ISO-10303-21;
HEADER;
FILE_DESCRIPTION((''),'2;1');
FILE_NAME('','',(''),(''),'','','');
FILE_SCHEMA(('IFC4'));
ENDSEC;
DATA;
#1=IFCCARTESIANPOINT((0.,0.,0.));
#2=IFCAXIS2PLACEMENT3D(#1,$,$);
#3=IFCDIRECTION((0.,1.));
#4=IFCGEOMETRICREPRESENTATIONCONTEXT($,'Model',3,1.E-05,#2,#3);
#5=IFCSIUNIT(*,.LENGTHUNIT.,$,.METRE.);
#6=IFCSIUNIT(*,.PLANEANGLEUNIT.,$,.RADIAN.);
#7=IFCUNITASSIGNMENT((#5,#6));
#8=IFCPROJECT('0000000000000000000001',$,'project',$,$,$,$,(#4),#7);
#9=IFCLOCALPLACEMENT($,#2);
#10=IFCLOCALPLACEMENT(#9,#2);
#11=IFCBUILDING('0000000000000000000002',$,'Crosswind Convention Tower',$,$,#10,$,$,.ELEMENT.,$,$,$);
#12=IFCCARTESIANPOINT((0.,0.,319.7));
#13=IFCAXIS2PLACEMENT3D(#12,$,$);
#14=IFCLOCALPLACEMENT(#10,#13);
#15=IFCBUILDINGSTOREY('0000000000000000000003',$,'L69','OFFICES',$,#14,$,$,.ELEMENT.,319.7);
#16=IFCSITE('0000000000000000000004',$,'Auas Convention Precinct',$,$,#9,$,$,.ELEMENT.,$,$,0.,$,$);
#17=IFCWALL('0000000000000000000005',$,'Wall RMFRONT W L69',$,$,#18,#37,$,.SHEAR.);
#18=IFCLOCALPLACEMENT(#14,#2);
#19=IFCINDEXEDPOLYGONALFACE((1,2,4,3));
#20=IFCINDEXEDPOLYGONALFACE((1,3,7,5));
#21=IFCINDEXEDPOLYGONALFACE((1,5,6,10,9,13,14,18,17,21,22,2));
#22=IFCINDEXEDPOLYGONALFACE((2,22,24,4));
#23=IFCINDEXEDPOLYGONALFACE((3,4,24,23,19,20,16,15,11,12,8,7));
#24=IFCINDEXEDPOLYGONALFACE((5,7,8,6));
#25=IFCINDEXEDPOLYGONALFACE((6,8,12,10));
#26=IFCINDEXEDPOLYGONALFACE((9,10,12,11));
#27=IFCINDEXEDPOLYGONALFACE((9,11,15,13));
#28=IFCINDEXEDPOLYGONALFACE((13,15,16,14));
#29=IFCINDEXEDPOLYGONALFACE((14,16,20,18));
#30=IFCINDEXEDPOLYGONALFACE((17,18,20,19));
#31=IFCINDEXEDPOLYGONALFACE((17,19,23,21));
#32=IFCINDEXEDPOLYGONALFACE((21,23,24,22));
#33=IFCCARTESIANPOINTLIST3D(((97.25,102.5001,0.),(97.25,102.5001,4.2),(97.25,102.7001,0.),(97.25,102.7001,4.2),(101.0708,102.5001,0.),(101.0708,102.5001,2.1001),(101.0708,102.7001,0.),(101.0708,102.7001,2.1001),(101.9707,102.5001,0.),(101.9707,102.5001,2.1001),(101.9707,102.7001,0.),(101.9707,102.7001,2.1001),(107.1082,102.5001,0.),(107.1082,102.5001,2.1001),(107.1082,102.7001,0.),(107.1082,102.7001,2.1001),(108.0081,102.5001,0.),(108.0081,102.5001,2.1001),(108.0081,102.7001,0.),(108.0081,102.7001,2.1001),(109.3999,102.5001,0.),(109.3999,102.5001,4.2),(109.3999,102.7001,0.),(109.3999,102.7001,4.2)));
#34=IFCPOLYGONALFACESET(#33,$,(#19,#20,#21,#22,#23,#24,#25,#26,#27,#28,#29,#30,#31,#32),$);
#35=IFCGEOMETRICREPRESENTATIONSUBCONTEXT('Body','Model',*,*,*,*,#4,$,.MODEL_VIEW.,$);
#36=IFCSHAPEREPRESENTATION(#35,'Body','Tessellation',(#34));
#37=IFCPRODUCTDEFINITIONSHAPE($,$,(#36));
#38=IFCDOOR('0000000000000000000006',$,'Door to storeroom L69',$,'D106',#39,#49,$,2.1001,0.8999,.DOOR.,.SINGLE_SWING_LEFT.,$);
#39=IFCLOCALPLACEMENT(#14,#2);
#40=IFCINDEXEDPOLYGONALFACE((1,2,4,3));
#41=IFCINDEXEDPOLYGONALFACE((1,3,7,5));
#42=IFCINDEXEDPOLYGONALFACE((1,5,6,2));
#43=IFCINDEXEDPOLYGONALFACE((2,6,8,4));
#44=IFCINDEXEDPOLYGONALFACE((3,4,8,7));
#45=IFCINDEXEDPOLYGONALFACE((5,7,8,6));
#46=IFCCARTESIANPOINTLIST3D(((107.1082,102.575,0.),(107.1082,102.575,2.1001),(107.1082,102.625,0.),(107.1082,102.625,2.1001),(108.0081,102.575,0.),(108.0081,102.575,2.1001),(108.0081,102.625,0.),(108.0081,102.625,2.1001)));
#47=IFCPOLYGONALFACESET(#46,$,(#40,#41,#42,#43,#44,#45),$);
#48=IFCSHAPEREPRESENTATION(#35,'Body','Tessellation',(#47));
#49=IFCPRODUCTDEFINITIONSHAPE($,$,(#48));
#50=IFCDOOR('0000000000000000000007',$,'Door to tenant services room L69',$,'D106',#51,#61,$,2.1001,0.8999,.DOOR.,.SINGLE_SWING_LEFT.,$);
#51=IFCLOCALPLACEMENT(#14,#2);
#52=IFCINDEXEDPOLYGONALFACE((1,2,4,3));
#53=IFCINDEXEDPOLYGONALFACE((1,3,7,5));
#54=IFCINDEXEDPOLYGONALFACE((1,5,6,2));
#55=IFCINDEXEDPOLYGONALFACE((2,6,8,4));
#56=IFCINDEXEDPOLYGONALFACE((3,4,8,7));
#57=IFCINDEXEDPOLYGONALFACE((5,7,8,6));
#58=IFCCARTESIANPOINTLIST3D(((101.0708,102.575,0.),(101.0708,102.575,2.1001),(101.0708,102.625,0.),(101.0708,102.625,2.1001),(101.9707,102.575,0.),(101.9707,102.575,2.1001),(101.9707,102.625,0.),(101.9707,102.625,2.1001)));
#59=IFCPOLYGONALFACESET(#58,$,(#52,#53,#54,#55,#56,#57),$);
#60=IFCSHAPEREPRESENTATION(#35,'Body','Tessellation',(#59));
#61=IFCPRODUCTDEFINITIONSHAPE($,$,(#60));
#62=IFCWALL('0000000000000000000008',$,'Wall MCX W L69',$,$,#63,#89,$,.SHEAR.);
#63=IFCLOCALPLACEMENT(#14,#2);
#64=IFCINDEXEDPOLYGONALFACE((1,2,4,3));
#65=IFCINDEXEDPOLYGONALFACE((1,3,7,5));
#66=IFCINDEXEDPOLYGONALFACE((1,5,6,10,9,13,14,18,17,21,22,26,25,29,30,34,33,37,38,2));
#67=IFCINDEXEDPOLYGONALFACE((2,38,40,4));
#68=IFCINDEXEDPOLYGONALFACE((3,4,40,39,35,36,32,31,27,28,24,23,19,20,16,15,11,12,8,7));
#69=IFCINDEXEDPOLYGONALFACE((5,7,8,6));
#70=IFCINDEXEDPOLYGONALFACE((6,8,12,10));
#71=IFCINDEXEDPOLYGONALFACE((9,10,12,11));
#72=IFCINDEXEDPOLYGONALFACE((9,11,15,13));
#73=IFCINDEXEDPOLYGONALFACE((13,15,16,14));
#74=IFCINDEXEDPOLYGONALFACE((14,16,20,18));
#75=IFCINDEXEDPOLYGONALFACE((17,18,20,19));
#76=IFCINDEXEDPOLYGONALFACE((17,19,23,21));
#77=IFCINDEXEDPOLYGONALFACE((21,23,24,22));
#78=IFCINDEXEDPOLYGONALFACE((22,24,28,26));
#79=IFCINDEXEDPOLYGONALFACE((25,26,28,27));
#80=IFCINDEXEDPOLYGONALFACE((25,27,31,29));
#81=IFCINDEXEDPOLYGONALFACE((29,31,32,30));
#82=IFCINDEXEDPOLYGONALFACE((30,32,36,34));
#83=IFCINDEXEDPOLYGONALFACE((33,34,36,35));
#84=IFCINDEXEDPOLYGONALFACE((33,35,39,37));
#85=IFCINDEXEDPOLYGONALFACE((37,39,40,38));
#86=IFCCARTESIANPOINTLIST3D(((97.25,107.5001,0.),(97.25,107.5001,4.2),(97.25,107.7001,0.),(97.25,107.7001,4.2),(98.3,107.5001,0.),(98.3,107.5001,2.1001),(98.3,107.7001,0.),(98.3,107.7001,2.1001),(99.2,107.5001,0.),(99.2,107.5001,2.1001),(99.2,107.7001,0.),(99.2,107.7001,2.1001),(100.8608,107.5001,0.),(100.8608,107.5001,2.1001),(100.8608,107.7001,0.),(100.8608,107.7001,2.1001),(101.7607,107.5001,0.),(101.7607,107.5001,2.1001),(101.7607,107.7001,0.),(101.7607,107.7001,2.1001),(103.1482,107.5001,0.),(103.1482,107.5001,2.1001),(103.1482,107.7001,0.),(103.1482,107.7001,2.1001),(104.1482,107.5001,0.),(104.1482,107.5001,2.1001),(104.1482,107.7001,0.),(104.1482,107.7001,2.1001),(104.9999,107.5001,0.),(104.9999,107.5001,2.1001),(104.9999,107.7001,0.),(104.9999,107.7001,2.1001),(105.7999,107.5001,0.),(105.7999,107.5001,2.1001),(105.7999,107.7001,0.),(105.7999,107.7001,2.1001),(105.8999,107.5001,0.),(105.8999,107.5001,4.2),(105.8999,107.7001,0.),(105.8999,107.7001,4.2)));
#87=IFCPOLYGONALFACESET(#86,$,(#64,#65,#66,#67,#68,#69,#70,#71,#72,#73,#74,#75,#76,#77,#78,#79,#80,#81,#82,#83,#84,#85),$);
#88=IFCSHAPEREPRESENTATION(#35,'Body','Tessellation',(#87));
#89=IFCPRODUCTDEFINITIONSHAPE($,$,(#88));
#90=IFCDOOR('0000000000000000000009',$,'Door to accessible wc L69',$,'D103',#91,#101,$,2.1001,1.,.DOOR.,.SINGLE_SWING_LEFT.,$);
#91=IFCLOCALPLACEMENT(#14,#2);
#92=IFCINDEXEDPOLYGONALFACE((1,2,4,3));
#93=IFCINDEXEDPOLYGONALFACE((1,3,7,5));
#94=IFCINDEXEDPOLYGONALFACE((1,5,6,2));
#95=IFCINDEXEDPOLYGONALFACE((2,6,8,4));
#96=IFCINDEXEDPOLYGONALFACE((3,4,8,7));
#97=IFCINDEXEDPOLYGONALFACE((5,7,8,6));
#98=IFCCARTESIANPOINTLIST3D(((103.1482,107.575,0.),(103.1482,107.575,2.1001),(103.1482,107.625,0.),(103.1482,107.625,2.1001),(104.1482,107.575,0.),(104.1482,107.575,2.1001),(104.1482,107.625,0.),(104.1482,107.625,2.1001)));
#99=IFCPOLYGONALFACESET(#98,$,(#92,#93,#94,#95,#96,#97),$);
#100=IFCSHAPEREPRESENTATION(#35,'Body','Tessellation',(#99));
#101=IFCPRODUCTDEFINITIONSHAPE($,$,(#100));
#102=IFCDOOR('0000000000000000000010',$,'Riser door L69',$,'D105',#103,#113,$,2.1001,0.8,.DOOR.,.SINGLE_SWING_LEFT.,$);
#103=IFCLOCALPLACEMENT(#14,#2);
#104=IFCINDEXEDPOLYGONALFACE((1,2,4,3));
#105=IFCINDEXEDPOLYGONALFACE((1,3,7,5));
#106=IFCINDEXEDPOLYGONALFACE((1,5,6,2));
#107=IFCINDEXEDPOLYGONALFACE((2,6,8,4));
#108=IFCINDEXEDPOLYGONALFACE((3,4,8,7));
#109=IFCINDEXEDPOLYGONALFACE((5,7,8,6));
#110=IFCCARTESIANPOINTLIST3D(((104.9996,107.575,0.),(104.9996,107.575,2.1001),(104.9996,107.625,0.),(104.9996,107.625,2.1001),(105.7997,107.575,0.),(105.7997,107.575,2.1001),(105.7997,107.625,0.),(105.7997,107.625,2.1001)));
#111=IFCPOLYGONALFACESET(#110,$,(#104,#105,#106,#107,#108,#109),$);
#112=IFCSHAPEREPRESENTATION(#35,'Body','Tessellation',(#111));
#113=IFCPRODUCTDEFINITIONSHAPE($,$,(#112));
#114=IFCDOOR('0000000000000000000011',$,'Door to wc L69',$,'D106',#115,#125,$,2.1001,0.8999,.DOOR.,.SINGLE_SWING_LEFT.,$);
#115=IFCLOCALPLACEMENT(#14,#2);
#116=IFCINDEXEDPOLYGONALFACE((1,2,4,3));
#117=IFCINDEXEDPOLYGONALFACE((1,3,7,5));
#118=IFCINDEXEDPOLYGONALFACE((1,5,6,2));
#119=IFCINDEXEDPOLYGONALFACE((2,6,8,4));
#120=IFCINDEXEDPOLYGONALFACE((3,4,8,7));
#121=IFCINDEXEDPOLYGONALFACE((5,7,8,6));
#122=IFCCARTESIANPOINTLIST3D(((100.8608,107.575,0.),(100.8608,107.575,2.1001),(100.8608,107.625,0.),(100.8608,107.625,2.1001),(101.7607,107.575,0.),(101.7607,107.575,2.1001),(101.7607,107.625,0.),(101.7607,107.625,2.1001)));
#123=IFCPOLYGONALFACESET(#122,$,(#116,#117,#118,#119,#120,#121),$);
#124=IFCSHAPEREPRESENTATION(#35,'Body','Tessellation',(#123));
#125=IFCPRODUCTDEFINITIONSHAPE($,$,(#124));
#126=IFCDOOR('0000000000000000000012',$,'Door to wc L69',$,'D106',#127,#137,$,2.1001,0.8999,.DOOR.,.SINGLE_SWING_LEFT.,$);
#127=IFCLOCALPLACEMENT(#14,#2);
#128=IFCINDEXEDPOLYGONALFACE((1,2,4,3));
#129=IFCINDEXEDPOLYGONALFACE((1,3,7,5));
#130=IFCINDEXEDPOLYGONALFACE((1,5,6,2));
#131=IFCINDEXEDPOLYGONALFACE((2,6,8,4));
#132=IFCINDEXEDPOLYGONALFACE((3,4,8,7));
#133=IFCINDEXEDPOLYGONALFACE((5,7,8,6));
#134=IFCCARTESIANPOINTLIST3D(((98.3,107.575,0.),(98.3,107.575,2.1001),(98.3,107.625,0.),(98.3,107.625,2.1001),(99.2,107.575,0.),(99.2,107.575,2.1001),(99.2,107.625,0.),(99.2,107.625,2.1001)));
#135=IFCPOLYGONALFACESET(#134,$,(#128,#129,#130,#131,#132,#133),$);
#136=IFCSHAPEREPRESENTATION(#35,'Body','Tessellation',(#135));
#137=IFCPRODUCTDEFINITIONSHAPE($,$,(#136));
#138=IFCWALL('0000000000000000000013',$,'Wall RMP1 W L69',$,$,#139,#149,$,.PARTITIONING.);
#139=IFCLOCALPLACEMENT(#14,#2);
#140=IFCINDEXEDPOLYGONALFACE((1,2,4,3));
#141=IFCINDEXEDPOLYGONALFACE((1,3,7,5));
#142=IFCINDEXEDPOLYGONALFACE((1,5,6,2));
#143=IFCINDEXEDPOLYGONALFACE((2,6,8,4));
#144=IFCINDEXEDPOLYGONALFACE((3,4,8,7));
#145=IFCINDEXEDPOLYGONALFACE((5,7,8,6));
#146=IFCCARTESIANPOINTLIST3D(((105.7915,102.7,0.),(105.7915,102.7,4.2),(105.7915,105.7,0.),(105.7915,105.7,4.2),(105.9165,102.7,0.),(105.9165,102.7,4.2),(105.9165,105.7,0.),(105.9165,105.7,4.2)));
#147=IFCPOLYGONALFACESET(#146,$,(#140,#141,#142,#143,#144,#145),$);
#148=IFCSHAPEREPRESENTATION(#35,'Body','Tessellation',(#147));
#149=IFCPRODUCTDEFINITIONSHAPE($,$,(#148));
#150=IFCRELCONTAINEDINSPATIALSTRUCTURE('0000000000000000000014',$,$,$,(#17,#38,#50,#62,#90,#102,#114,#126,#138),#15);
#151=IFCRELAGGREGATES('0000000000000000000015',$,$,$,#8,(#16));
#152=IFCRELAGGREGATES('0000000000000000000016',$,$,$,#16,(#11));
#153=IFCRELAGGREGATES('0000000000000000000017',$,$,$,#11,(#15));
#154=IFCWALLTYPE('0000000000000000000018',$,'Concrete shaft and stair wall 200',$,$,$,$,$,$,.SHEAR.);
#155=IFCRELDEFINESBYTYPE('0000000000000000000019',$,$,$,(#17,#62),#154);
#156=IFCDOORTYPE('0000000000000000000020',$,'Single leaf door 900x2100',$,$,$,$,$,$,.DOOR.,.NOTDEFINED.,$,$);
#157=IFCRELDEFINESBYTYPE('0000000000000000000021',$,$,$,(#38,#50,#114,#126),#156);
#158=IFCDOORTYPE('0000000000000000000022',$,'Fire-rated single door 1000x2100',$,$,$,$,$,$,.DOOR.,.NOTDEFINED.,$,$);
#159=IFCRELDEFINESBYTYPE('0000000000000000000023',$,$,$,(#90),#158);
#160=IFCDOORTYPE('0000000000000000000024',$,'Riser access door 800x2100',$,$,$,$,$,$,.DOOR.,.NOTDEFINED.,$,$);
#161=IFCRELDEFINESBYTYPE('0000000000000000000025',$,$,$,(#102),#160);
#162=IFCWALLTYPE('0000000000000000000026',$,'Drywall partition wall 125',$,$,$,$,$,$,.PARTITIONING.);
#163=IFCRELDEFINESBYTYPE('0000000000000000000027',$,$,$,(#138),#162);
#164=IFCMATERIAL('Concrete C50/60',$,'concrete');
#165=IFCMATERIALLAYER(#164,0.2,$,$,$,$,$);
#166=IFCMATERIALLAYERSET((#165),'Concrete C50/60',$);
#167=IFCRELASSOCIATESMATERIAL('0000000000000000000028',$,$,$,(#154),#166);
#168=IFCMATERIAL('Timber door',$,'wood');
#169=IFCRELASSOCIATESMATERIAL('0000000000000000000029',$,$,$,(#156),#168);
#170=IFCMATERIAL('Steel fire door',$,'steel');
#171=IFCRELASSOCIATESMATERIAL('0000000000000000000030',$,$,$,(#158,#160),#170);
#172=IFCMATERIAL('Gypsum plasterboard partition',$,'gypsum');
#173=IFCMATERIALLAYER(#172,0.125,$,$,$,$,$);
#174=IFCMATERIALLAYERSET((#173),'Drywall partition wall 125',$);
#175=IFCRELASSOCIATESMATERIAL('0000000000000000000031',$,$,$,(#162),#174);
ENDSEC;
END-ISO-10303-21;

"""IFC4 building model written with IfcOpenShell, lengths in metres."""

from ifc_helpers import new_model, si_unit, direction, frame, frame_2d, origin, place, context, subcontext, project, spatial, rectangle, extrude, material, layer, layer_set, type_object, element, fill, save


model = new_model("IFC4")

# Units and contexts
model_context = context("Model", 3, precision=1e-05, world=origin(), true_north=direction((0.0, 1.0)))
body_context = subcontext(model_context, "Body", "Model", "MODEL_VIEW")
ifc_project = project(units=[si_unit("LENGTHUNIT", "METRE"), si_unit("PLANEANGLEUNIT", "RADIAN")], contexts=[model_context])

# Site, building, storey
site_placement = place(None, origin())
site = spatial("IfcSite", under=ifc_project, at=site_placement, Name="Auas Convention Precinct", CompositionType="ELEMENT", RefElevation=0.0)
building_placement = place(site_placement, origin())
building = spatial("IfcBuilding", under=site, at=building_placement, Name="Crosswind Convention Tower", CompositionType="ELEMENT")
storey_placement = place(building_placement, frame((0.0, 0.0, 319.7)))
storey = spatial("IfcBuildingStorey", under=building, at=storey_placement, Name="L69", Description="OFFICES", CompositionType="ELEMENT", Elevation=319.7)

# Shared definitions
ifc_material_1 = material(Name="Concrete C50/60", Category="concrete")
ifc_layer_1 = layer(ifc_material_1, 0.2)
ifc_layer_set_1 = layer_set([ifc_layer_1], Name="Concrete C50/60")
wall_type_1 = type_object("IfcWallType", Name="Concrete shaft and stair wall 200", PredefinedType="SHEAR", material=ifc_layer_set_1)

# Walls, openings, doors
wall_1_placement = place(storey_placement, frame((109.3999, 102.6001, 0.0), z_axis=(0.0, 0.0, 1.0), x_axis=(-1.0, 0.0, 0.0)))
wall_1 = element("IfcWall", 1, at=wall_1_placement, inside=storey, type_object=wall_type_1, Name="Wall RMFRONT W L69", PredefinedType="SHEAR", context=body_context, shape_type="SweptSolid", body=[
    extrude(rectangle(XDim=12.1499, YDim=0.2, at=frame_2d((6.075, 0.0))), origin(), (0.0, 0.0, 1.0), 4.2),
])
opening_1_placement = place(wall_1_placement, frame((1.3918, 0.0, 0.0)))
opening_1 = element("IfcOpeningElement", 2, at=opening_1_placement, cuts=wall_1, PredefinedType="OPENING", context=body_context, shape_type="SweptSolid", body=[
    extrude(rectangle(XDim=0.8999, YDim=2.1001, at=frame_2d((0.45, 1.05))), frame((0.0, 0.1099, 0.0), z_axis=(0.0, -1.0, 0.0), x_axis=(1.0, 0.0, 0.0)), (0.0, 0.0, 1.0), 0.22),
])
opening_2_placement = place(wall_1_placement, frame((7.4292, 0.0, 0.0)))
opening_2 = element("IfcOpeningElement", 3, at=opening_2_placement, cuts=wall_1, PredefinedType="OPENING", context=body_context, shape_type="SweptSolid", body=[
    extrude(rectangle(XDim=0.8999, YDim=2.1001, at=frame_2d((0.45, 1.05))), frame((0.0, 0.1099, 0.0), z_axis=(0.0, -1.0, 0.0), x_axis=(1.0, 0.0, 0.0)), (0.0, 0.0, 1.0), 0.22),
])
ifc_material_2 = material(Name="Timber door", Category="wood")
door_type_1 = type_object("IfcDoorType", Name="Single leaf door 900x2100", OperationType="NOTDEFINED", PredefinedType="DOOR", material=ifc_material_2)
door_1_placement = place(opening_1_placement, frame((0.8999, 0.0, 0.0), z_axis=(0.0, 0.0, 1.0), x_axis=(-1.0, 0.0, 0.0)))
door_1 = element("IfcDoor", 4, at=door_1_placement, inside=storey, type_object=door_type_1, Name="Door to storeroom L69", ObjectType="D106", OperationType="SINGLE_SWING_LEFT", OverallHeight=2.1001, OverallWidth=0.8999, PredefinedType="DOOR", context=body_context, shape_type="SweptSolid", body=[
    extrude(rectangle(XDim=0.8999, YDim=2.1001, at=frame_2d((0.45, 1.05))), frame((0.0, 0.0249, 0.0), z_axis=(0.0, -1.0, 0.0), x_axis=(1.0, 0.0, 0.0)), (0.0, 0.0, 1.0), 0.05),
])
fill(opening_1, door_1)
door_2_placement = place(opening_2_placement, frame((0.8999, 0.0, 0.0), z_axis=(0.0, 0.0, 1.0), x_axis=(-1.0, 0.0, 0.0)))
door_2 = element("IfcDoor", 5, at=door_2_placement, inside=storey, type_object=door_type_1, Name="Door to tenant services room L69", ObjectType="D106", OperationType="SINGLE_SWING_LEFT", OverallHeight=2.1001, OverallWidth=0.8999, PredefinedType="DOOR", context=body_context, shape_type="SweptSolid", body=[
    extrude(rectangle(XDim=0.8999, YDim=2.1001, at=frame_2d((0.45, 1.05))), frame((0.0, 0.0249, 0.0), z_axis=(0.0, -1.0, 0.0), x_axis=(1.0, 0.0, 0.0)), (0.0, 0.0, 1.0), 0.05),
])
fill(opening_2, door_2)
wall_2_placement = place(storey_placement, frame((105.8999, 107.6001, 0.0), z_axis=(0.0, 0.0, 1.0), x_axis=(-1.0, 0.0, 0.0)))
wall_2 = element("IfcWall", 6, at=wall_2_placement, inside=storey, type_object=wall_type_1, Name="Wall MCX W L69", PredefinedType="SHEAR", context=body_context, shape_type="SweptSolid", body=[
    extrude(rectangle(XDim=8.6499, YDim=0.2, at=frame_2d((4.325, 0.0))), origin(), (0.0, 0.0, 1.0), 4.2),
])
opening_3_placement = place(wall_2_placement, frame((0.1001, 0.0, 0.0)))
opening_3 = element("IfcOpeningElement", 7, at=opening_3_placement, cuts=wall_2, PredefinedType="OPENING", context=body_context, shape_type="SweptSolid", body=[
    extrude(rectangle(XDim=0.8, YDim=2.1001, at=frame_2d((0.3999, 1.05))), frame((0.0, 0.1099, 0.0), z_axis=(0.0, -1.0, 0.0), x_axis=(1.0, 0.0, 0.0)), (0.0, 0.0, 1.0), 0.22),
])
opening_4_placement = place(wall_2_placement, frame((1.7517, 0.0, 0.0)))
opening_4 = element("IfcOpeningElement", 8, at=opening_4_placement, cuts=wall_2, PredefinedType="OPENING", context=body_context, shape_type="SweptSolid", body=[
    extrude(rectangle(XDim=1.0, YDim=2.1001, at=frame_2d((0.5, 1.05))), frame((0.0, 0.1099, 0.0), z_axis=(0.0, -1.0, 0.0), x_axis=(1.0, 0.0, 0.0)), (0.0, 0.0, 1.0), 0.22),
])
opening_5_placement = place(wall_2_placement, frame((4.1392, 0.0, 0.0)))
opening_5 = element("IfcOpeningElement", 9, at=opening_5_placement, cuts=wall_2, PredefinedType="OPENING", context=body_context, shape_type="SweptSolid", body=[
    extrude(rectangle(XDim=0.8999, YDim=2.1001, at=frame_2d((0.45, 1.05))), frame((0.0, 0.1099, 0.0), z_axis=(0.0, -1.0, 0.0), x_axis=(1.0, 0.0, 0.0)), (0.0, 0.0, 1.0), 0.22),
])
opening_6_placement = place(wall_2_placement, frame((6.7, 0.0, 0.0)))
opening_6 = element("IfcOpeningElement", 10, at=opening_6_placement, cuts=wall_2, PredefinedType="OPENING", context=body_context, shape_type="SweptSolid", body=[
    extrude(rectangle(XDim=0.8999, YDim=2.1001, at=frame_2d((0.45, 1.05))), frame((0.0, 0.1099, 0.0), z_axis=(0.0, -1.0, 0.0), x_axis=(1.0, 0.0, 0.0)), (0.0, 0.0, 1.0), 0.22),
])
ifc_material_3 = material(Name="Steel fire door", Category="steel")
door_type_2 = type_object("IfcDoorType", Name="Fire-rated single door 1000x2100", OperationType="NOTDEFINED", PredefinedType="DOOR", material=ifc_material_3)
door_3_placement = place(opening_4_placement, frame((1.0, 0.0, 0.0), z_axis=(0.0, 0.0, 1.0), x_axis=(-1.0, 0.0, 0.0)))
door_3 = element("IfcDoor", 11, at=door_3_placement, inside=storey, type_object=door_type_2, Name="Door to accessible wc L69", ObjectType="D103", OperationType="SINGLE_SWING_LEFT", OverallHeight=2.1001, OverallWidth=1.0, PredefinedType="DOOR", context=body_context, shape_type="SweptSolid", body=[
    extrude(rectangle(XDim=1.0, YDim=2.1001, at=frame_2d((0.5, 1.05))), frame((0.0, 0.0249, 0.0), z_axis=(0.0, -1.0, 0.0), x_axis=(1.0, 0.0, 0.0)), (0.0, 0.0, 1.0), 0.05),
])
fill(opening_4, door_3)
door_type_3 = type_object("IfcDoorType", Name="Riser access door 800x2100", OperationType="NOTDEFINED", PredefinedType="DOOR", material=ifc_material_3)
door_4_placement = place(opening_3_placement, frame((0.8, 0.0, 0.0), z_axis=(0.0, 0.0, 1.0), x_axis=(-1.0, 0.0, 0.0)))
door_4 = element("IfcDoor", 12, at=door_4_placement, inside=storey, type_object=door_type_3, Name="Riser door L69", ObjectType="D105", OperationType="SINGLE_SWING_LEFT", OverallHeight=2.1001, OverallWidth=0.8, PredefinedType="DOOR", context=body_context, shape_type="SweptSolid", body=[
    extrude(rectangle(XDim=0.8, YDim=2.1001, at=frame_2d((0.3999, 1.05))), frame((0.0, 0.0249, 0.0), z_axis=(0.0, -1.0, 0.0), x_axis=(1.0, 0.0, 0.0)), (0.0, 0.0, 1.0), 0.05),
])
fill(opening_3, door_4)
door_5_placement = place(opening_5_placement, frame((0.8999, 0.0, 0.0), z_axis=(0.0, 0.0, 1.0), x_axis=(-1.0, 0.0, 0.0)))
door_5 = element("IfcDoor", 13, at=door_5_placement, inside=storey, type_object=door_type_1, Name="Door to wc L69", ObjectType="D106", OperationType="SINGLE_SWING_LEFT", OverallHeight=2.1001, OverallWidth=0.8999, PredefinedType="DOOR", context=body_context, shape_type="SweptSolid", body=[
    extrude(rectangle(XDim=0.8999, YDim=2.1001, at=frame_2d((0.45, 1.05))), frame((0.0, 0.0249, 0.0), z_axis=(0.0, -1.0, 0.0), x_axis=(1.0, 0.0, 0.0)), (0.0, 0.0, 1.0), 0.05),
])
fill(opening_5, door_5)
door_6_placement = place(opening_6_placement, frame((0.8999, 0.0, 0.0), z_axis=(0.0, 0.0, 1.0), x_axis=(-1.0, 0.0, 0.0)))
door_6 = element("IfcDoor", 14, at=door_6_placement, inside=storey, type_object=door_type_1, Name="Door to wc L69", ObjectType="D106", OperationType="SINGLE_SWING_LEFT", OverallHeight=2.1001, OverallWidth=0.8999, PredefinedType="DOOR", context=body_context, shape_type="SweptSolid", body=[
    extrude(rectangle(XDim=0.8999, YDim=2.1001, at=frame_2d((0.45, 1.05))), frame((0.0, 0.0249, 0.0), z_axis=(0.0, -1.0, 0.0), x_axis=(1.0, 0.0, 0.0)), (0.0, 0.0, 1.0), 0.05),
])
fill(opening_6, door_6)

# Wall
ifc_material_4 = material(Name="Gypsum plasterboard partition", Category="gypsum")
ifc_layer_2 = layer(ifc_material_4, 0.125)
ifc_layer_set_2 = layer_set([ifc_layer_2], Name="Drywall partition wall 125")
wall_type_2 = type_object("IfcWallType", Name="Drywall partition wall 125", PredefinedType="PARTITIONING", material=ifc_layer_set_2)
wall_3_placement = place(storey_placement, frame((105.854, 105.7, 0.0), z_axis=(0.0, 0.0, 1.0), x_axis=(0.0, -1.0, 0.0)))
element("IfcWall", 15, at=wall_3_placement, inside=storey, type_object=wall_type_2, Name="Wall RMP1 W L69", PredefinedType="PARTITIONING", context=body_context, shape_type="SweptSolid", body=[
    extrude(rectangle(XDim=3.0, YDim=0.125, at=frame_2d((1.5, 0.0))), origin(), (0.0, 0.0, 1.0), 4.2),
])

save(model, "model.ifc")
